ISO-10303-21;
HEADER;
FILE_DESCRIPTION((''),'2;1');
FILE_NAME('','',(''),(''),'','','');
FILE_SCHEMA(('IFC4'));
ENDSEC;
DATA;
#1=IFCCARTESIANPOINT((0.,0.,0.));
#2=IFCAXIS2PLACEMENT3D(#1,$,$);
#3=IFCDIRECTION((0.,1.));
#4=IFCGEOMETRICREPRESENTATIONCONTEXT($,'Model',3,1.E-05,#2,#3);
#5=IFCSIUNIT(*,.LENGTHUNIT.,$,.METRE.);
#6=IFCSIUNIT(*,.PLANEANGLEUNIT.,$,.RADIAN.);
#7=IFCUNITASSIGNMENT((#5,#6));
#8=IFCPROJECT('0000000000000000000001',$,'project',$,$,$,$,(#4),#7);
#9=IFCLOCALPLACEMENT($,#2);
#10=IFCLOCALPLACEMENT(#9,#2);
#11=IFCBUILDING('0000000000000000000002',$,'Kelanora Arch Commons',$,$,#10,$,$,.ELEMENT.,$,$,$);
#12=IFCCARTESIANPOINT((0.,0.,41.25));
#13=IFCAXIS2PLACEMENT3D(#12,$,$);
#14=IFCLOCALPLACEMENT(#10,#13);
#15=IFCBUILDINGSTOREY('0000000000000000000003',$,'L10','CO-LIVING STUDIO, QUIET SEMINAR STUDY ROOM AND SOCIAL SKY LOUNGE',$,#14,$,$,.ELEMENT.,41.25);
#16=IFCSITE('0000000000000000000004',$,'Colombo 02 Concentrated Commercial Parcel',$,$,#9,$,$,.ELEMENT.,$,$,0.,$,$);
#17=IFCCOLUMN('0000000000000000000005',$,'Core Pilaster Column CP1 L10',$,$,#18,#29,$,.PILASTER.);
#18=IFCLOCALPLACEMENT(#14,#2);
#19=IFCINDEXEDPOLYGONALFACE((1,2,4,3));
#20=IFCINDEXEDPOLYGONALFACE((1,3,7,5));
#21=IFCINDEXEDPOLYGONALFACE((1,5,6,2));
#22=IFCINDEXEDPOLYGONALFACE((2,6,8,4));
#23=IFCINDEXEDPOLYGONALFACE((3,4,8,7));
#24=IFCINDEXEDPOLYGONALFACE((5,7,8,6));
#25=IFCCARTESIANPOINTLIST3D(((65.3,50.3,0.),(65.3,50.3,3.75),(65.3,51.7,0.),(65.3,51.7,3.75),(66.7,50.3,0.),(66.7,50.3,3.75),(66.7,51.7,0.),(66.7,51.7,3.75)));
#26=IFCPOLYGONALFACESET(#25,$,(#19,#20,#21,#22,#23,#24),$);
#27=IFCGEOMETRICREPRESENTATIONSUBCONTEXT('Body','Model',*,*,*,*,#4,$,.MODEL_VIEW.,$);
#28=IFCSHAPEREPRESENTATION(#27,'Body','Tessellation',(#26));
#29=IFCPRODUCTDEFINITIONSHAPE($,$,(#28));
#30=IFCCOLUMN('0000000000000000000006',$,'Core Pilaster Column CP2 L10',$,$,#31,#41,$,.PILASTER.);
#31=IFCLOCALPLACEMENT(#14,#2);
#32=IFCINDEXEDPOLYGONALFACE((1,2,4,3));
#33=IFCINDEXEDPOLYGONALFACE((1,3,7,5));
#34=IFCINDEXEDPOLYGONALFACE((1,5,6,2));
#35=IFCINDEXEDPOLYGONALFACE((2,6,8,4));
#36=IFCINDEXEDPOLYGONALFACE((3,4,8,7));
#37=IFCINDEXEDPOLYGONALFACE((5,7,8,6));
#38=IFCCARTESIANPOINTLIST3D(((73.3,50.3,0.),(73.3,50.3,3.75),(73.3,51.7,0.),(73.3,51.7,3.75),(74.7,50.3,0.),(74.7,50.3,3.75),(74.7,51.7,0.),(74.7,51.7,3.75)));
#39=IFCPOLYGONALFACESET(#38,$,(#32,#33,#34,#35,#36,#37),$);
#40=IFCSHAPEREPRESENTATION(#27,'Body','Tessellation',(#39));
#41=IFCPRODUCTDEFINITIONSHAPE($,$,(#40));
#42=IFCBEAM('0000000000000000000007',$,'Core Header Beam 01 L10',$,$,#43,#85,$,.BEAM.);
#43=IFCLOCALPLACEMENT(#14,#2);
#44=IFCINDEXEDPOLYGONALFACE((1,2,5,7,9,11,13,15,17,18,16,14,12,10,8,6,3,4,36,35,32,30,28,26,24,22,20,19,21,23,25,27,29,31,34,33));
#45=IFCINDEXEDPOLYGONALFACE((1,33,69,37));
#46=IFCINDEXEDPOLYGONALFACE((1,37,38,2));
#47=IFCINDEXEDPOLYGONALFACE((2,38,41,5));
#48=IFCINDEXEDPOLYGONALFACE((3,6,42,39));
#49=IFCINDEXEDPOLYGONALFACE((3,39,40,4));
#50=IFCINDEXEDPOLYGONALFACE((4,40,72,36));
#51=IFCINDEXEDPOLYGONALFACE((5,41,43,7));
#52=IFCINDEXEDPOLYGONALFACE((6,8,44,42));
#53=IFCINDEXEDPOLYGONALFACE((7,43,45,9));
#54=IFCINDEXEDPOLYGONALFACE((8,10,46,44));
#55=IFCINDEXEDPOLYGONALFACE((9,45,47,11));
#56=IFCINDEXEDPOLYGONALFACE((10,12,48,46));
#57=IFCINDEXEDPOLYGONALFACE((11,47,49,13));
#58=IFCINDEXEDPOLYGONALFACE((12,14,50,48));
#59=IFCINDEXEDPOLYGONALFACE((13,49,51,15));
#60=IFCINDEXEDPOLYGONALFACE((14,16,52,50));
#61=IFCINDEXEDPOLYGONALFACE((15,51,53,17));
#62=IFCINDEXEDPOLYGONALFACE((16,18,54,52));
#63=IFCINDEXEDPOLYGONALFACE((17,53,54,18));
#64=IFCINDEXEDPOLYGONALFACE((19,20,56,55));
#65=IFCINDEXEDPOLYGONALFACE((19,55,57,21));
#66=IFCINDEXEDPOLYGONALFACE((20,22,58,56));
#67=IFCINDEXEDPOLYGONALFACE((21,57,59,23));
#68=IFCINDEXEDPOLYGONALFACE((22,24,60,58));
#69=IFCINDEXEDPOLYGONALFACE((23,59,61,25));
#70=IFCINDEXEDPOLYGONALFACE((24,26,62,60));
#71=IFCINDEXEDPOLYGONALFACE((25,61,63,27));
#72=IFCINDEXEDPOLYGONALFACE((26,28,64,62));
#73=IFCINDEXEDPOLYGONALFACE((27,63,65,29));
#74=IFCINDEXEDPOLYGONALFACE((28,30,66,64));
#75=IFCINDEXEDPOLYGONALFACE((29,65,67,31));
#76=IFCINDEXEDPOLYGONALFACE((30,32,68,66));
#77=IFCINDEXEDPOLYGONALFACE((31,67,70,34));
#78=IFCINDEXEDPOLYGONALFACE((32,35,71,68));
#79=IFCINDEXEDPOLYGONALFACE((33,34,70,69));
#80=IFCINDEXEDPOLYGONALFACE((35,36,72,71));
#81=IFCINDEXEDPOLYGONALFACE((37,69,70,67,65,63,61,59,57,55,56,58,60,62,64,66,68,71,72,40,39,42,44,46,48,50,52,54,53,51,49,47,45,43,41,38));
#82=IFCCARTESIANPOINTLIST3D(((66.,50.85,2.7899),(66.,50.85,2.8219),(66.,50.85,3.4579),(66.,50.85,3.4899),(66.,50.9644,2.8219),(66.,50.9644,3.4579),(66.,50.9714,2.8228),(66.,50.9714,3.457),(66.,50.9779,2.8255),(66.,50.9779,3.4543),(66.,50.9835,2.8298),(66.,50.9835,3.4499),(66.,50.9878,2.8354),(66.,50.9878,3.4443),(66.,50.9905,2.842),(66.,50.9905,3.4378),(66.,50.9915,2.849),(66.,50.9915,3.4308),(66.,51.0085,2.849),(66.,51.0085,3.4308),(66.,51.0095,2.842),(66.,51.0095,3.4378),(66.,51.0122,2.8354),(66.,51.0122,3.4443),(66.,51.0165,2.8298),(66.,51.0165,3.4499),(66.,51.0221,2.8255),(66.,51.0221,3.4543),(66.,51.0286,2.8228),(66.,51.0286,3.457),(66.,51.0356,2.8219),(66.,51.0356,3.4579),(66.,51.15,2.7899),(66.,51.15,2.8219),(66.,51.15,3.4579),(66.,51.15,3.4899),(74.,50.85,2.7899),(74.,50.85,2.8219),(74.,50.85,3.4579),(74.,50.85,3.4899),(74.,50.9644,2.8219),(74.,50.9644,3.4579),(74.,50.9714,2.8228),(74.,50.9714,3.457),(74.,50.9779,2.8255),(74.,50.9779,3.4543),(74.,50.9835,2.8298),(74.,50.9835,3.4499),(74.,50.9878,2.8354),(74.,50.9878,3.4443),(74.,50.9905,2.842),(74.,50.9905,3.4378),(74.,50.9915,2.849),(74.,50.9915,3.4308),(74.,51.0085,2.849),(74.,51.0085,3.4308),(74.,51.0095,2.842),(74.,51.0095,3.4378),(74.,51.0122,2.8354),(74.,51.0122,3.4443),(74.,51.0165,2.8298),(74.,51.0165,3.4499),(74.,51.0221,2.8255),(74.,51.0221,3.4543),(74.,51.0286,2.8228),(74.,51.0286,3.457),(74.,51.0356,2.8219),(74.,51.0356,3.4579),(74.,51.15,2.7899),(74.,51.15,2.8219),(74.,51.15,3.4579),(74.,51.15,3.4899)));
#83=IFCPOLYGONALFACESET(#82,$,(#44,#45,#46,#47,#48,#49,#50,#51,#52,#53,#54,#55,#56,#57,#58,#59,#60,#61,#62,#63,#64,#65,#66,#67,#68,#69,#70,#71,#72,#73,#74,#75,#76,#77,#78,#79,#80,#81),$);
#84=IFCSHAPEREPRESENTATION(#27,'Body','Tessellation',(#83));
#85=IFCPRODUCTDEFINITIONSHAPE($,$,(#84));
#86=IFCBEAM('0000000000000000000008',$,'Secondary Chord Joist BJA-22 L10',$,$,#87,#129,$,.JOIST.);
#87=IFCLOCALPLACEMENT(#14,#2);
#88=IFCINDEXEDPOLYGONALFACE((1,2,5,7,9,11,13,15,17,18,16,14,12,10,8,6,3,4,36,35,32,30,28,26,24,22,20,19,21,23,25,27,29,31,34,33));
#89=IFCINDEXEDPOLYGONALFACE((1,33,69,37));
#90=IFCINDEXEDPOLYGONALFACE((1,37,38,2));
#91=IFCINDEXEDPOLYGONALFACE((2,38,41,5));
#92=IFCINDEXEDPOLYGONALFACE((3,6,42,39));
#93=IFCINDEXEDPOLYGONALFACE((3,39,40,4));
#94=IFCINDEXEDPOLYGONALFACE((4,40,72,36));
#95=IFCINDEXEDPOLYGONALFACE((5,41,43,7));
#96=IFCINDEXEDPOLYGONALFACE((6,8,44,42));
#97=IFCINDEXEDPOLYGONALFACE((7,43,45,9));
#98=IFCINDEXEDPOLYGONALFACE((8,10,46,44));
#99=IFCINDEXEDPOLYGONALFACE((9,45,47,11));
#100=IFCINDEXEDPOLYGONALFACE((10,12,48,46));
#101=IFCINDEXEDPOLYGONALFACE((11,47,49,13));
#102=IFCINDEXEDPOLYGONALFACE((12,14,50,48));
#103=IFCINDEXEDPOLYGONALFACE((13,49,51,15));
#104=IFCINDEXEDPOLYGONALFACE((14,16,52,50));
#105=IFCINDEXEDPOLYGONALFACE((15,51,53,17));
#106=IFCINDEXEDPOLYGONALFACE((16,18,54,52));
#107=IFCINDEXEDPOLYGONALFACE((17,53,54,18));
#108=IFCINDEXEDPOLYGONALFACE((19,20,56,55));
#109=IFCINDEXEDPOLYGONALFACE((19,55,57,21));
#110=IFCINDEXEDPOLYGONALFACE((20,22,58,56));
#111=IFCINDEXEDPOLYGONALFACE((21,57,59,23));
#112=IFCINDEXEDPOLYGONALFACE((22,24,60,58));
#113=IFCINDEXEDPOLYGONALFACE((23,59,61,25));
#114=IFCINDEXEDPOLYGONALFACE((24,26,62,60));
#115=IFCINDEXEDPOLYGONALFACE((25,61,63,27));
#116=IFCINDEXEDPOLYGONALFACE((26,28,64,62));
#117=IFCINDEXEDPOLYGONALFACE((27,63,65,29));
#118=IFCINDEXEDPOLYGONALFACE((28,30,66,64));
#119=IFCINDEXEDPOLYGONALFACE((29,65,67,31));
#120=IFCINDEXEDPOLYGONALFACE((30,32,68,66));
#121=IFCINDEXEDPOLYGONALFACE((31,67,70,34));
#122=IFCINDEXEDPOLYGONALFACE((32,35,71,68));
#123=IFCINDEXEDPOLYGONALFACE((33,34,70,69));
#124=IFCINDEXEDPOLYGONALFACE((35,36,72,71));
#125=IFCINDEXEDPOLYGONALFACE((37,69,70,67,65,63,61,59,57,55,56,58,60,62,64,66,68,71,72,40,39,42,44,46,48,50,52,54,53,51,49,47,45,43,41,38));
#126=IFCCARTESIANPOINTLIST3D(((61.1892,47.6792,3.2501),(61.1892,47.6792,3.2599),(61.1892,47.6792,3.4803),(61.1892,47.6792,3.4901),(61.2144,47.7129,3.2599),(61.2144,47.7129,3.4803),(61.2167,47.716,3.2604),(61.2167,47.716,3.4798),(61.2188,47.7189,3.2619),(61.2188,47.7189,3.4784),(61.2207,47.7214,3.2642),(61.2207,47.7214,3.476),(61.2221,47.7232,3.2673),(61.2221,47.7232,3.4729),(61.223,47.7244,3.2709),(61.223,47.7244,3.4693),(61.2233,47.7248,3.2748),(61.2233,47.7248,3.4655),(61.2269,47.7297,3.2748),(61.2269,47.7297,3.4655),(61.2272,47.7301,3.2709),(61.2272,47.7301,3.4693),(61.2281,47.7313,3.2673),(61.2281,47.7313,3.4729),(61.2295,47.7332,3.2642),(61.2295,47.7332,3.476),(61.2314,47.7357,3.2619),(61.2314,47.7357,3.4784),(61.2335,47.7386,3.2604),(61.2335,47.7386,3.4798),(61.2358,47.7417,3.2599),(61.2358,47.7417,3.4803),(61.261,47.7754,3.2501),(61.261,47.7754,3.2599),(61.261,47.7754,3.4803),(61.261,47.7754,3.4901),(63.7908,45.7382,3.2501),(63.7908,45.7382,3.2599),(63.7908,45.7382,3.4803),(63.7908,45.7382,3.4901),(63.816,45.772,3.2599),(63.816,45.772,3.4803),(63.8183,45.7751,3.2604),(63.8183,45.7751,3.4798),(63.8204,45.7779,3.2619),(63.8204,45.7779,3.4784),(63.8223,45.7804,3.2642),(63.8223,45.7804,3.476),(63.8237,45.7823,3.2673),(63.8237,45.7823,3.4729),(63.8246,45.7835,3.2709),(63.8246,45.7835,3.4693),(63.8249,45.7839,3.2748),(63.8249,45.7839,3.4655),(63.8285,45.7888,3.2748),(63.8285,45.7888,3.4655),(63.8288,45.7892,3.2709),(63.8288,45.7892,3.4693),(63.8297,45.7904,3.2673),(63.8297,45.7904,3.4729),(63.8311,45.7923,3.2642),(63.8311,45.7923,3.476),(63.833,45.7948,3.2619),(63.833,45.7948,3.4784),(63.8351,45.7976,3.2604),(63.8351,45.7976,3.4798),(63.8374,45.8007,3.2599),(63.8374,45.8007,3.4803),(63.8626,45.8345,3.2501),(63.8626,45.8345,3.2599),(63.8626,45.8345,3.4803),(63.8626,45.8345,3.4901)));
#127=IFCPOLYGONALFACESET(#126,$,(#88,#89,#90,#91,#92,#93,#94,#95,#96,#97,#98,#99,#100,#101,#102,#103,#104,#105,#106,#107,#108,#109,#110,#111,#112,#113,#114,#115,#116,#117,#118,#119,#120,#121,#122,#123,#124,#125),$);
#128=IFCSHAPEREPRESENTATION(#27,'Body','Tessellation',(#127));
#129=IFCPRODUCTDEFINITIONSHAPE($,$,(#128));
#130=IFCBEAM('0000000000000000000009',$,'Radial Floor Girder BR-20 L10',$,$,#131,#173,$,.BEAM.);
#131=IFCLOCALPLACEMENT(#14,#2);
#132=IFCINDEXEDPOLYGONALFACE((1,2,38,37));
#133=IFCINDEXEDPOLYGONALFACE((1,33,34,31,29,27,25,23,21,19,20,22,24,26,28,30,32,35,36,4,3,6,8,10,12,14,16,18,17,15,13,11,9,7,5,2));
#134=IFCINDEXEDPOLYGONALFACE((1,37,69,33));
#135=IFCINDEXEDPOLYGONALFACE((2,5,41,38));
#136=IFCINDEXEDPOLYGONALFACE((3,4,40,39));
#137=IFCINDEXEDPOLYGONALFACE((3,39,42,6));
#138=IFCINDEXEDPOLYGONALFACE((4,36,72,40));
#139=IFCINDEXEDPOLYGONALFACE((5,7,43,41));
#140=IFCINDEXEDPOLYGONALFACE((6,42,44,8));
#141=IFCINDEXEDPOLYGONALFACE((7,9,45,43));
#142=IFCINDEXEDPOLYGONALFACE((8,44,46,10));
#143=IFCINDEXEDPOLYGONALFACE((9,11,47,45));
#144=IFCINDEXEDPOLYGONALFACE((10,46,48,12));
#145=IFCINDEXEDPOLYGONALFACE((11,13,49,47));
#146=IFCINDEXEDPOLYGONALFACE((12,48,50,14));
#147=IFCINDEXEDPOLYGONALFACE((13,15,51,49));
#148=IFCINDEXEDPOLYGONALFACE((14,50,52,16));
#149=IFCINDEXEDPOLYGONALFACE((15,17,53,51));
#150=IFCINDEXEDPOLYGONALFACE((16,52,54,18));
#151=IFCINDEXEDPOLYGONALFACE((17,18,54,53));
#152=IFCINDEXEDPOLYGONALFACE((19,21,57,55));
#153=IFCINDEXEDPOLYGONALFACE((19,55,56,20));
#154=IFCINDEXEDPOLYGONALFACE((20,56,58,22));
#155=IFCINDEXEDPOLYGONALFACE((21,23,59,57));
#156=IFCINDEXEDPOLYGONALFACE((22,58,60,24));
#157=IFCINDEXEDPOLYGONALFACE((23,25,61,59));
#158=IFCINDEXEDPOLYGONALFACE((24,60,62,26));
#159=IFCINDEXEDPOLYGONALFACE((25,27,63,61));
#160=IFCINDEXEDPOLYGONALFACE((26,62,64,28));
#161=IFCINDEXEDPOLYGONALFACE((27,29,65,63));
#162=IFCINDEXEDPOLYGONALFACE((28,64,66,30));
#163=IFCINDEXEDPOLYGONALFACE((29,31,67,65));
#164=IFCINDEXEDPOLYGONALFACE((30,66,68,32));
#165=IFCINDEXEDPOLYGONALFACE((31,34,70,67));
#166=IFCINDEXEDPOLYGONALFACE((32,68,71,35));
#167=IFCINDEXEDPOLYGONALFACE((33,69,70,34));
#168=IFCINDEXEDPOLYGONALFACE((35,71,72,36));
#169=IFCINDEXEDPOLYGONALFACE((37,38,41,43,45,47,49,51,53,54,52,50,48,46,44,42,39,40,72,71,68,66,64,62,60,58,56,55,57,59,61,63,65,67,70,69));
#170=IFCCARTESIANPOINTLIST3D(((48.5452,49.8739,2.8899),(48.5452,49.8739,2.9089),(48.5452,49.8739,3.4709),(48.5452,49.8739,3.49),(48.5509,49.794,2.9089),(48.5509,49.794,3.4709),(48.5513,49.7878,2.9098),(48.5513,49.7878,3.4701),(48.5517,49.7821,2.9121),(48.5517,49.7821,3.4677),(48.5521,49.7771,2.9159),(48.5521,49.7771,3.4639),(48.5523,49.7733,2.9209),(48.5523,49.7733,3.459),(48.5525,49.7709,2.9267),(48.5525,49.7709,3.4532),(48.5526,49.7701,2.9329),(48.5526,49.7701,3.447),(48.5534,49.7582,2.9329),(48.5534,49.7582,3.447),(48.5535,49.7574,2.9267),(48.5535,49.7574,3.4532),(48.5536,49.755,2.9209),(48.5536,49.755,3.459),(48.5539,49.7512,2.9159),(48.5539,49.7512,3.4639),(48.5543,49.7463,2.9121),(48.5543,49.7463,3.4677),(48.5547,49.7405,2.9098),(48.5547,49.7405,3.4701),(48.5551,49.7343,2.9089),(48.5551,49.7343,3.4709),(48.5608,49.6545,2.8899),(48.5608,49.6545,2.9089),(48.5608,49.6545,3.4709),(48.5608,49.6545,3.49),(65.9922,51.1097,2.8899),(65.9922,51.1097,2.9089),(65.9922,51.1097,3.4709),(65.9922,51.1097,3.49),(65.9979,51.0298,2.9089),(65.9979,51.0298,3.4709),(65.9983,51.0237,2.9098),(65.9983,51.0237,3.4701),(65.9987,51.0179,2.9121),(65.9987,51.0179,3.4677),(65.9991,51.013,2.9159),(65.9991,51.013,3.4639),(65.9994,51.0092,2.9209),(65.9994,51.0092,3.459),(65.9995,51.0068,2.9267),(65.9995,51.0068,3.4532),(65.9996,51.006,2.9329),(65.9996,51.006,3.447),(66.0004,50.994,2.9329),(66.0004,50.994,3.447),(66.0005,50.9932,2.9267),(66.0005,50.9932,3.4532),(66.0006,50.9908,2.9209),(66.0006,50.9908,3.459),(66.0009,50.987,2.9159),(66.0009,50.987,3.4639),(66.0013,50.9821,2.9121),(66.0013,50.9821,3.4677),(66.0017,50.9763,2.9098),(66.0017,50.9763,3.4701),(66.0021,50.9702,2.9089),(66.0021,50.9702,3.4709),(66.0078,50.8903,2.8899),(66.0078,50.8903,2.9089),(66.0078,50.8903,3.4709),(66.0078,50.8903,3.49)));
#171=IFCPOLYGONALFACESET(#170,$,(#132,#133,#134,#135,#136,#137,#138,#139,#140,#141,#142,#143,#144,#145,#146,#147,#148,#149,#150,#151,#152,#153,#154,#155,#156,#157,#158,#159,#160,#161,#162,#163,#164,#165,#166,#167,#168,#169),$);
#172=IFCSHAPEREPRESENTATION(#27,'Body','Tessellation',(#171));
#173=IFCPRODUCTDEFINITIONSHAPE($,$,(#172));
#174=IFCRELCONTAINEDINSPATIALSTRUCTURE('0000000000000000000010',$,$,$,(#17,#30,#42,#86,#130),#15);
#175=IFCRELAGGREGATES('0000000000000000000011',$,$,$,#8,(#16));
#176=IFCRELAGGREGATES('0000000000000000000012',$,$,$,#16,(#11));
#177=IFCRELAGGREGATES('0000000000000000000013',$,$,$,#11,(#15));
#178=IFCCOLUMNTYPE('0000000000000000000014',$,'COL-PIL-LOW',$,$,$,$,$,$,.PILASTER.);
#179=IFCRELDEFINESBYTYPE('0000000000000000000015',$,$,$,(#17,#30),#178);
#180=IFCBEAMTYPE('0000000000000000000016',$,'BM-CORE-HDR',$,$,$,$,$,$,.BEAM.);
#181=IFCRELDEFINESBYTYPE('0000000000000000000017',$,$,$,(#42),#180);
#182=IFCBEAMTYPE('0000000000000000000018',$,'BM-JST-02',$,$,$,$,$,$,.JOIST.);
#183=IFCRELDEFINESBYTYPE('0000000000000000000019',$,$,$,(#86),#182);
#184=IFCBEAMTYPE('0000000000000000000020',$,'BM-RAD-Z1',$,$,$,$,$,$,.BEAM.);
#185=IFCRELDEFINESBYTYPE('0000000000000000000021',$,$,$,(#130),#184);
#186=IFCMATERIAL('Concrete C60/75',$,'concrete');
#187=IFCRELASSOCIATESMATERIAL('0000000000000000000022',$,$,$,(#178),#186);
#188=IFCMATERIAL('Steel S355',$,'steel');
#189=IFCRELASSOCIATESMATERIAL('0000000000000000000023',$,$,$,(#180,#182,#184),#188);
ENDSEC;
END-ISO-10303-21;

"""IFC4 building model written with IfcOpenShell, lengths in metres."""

from ifc_helpers import new_model, si_unit, direction, frame, origin, origin_2d, place, context, subcontext, project, spatial, rectangle, i_section, extrude, material, material_profile, profile_set, type_object, element, save


model = new_model("IFC4")

# Units and contexts
model_context = context("Model", 3, precision=1e-05, world=origin(), true_north=direction((0.0, 1.0)))
body_context = subcontext(model_context, "Body", "Model", "MODEL_VIEW")
ifc_project = project(units=[si_unit("LENGTHUNIT", "METRE"), si_unit("PLANEANGLEUNIT", "RADIAN")], contexts=[model_context])

# Site, building, storey
site_placement = place(None, origin())
site = spatial("IfcSite", under=ifc_project, at=site_placement, Name="Colombo 02 Concentrated Commercial Parcel", CompositionType="ELEMENT", RefElevation=0.0)
building_placement = place(site_placement, origin())
building = spatial("IfcBuilding", under=site, at=building_placement, Name="Kelanora Arch Commons", CompositionType="ELEMENT")
storey_placement = place(building_placement, frame((0.0, 0.0, 41.25)))
storey = spatial("IfcBuildingStorey", under=building, at=storey_placement, Name="L10", Description="CO-LIVING STUDIO, QUIET SEMINAR STUDY ROOM AND SOCIAL SKY LOUNGE", CompositionType="ELEMENT", Elevation=41.25)

# Columns
ifc_material_1 = material(Name="Concrete C60/75", Category="concrete")
ifc_material_profile_1 = material_profile(ifc_material_1, rectangle(XDim=1.3999, YDim=1.3999, at=origin_2d()), Name="RC1400x1400")
ifc_profile_set_1 = profile_set([ifc_material_profile_1], Name="Concrete C60/75")
column_type = type_object("IfcColumnType", Name="COL-PIL-LOW", PredefinedType="PILASTER", material=ifc_profile_set_1)
for number, where, z_axis, x_axis, name in (
    (1, (66.0, 51.0, 0.0), (0.0, 0.0, 1.0), (1.0, 0.0, 0.0), "Core Pilaster Column CP1 L10"),
    (2, (74.0, 51.0, 0.0), (0.0, 0.0, 1.0), (1.0, 0.0, 0.0), "Core Pilaster Column CP2 L10"),
):
    element("IfcColumn", number, at=place(storey_placement, frame(where, z_axis=z_axis, x_axis=x_axis)), inside=storey, type_object=column_type, Name=name, PredefinedType="PILASTER", context=body_context, shape_type="SweptSolid", body=[
        extrude(rectangle(XDim=1.3999, YDim=1.3999, at=origin_2d()), origin(), (0.0, 0.0, 1.0), 3.75),
    ])

# Beams
ifc_material_2 = material(Name="Steel S355", Category="steel")
ifc_material_profile_2 = material_profile(ifc_material_2, i_section(OverallWidth=0.3, OverallDepth=0.7, WebThickness=0.0171, FlangeThickness=0.032, FilletRadius=0.0271, at=origin_2d()), Name="HEB700")
ifc_profile_set_2 = profile_set([ifc_material_profile_2], Name="Steel S355")
beam_type_1 = type_object("IfcBeamType", Name="BM-CORE-HDR", PredefinedType="BEAM", material=ifc_profile_set_2)
beam_1_placement = place(storey_placement, frame((66.0, 51.0, 3.1399), z_axis=(1.0, 0.0, 0.0), x_axis=(0.0, 1.0, 0.0)))
element("IfcBeam", 3, at=beam_1_placement, inside=storey, type_object=beam_type_1, Name="Core Header Beam 01 L10", PredefinedType="BEAM", context=body_context, shape_type="SweptSolid", body=[
    extrude(i_section(OverallWidth=0.3, OverallDepth=0.7, WebThickness=0.0171, FlangeThickness=0.032, FilletRadius=0.0271, at=origin_2d()), origin(), (0.0, 0.0, 1.0), 8.0),
])
ifc_material_profile_3 = material_profile(ifc_material_2, i_section(OverallWidth=0.1201, OverallDepth=0.24, WebThickness=0.0061, FlangeThickness=0.0098, FilletRadius=0.0149, at=origin_2d()), Name="IPE240")
ifc_profile_set_3 = profile_set([ifc_material_profile_3], Name="Steel S355")
beam_type_2 = type_object("IfcBeamType", Name="BM-JST-02", PredefinedType="JOIST", material=ifc_profile_set_3)
beam_2_placement = place(storey_placement, frame((61.2251, 47.7273, 3.3701), z_axis=(0.801514, -0.597976, 0.0), x_axis=(0.597976, 0.801514, 0.0)))
element("IfcBeam", 4, at=beam_2_placement, inside=storey, type_object=beam_type_2, Name="Secondary Chord Joist BJA-22 L10", PredefinedType="JOIST", context=body_context, shape_type="SweptSolid", body=[
    extrude(i_section(OverallWidth=0.1201, OverallDepth=0.24, WebThickness=0.0061, FlangeThickness=0.0098, FilletRadius=0.0149, at=origin_2d()), origin(), (0.0, 0.0, 1.0), 3.2458),
])
ifc_material_profile_4 = material_profile(ifc_material_2, i_section(OverallWidth=0.22, OverallDepth=0.6001, WebThickness=0.012, FlangeThickness=0.019, FilletRadius=0.0239, at=origin_2d()), Name="IPE600")
ifc_profile_set_4 = profile_set([ifc_material_profile_4], Name="Steel S355")
beam_type_3 = type_object("IfcBeamType", Name="BM-RAD-Z1", PredefinedType="BEAM", material=ifc_profile_set_4)
beam_3_placement = place(storey_placement, frame((66.0, 51.0, 3.1899), z_axis=(-0.997501, -0.070657, 0.0), x_axis=(0.070657, -0.997501, 0.0)))
element("IfcBeam", 5, at=beam_3_placement, inside=storey, type_object=beam_type_3, Name="Radial Floor Girder BR-20 L10", PredefinedType="BEAM", context=body_context, shape_type="SweptSolid", body=[
    extrude(i_section(OverallWidth=0.22, OverallDepth=0.6001, WebThickness=0.012, FlangeThickness=0.019, FilletRadius=0.0239, at=origin_2d()), origin(), (0.0, 0.0, 1.0), 17.4907),
])

save(model, "model.ifc")
